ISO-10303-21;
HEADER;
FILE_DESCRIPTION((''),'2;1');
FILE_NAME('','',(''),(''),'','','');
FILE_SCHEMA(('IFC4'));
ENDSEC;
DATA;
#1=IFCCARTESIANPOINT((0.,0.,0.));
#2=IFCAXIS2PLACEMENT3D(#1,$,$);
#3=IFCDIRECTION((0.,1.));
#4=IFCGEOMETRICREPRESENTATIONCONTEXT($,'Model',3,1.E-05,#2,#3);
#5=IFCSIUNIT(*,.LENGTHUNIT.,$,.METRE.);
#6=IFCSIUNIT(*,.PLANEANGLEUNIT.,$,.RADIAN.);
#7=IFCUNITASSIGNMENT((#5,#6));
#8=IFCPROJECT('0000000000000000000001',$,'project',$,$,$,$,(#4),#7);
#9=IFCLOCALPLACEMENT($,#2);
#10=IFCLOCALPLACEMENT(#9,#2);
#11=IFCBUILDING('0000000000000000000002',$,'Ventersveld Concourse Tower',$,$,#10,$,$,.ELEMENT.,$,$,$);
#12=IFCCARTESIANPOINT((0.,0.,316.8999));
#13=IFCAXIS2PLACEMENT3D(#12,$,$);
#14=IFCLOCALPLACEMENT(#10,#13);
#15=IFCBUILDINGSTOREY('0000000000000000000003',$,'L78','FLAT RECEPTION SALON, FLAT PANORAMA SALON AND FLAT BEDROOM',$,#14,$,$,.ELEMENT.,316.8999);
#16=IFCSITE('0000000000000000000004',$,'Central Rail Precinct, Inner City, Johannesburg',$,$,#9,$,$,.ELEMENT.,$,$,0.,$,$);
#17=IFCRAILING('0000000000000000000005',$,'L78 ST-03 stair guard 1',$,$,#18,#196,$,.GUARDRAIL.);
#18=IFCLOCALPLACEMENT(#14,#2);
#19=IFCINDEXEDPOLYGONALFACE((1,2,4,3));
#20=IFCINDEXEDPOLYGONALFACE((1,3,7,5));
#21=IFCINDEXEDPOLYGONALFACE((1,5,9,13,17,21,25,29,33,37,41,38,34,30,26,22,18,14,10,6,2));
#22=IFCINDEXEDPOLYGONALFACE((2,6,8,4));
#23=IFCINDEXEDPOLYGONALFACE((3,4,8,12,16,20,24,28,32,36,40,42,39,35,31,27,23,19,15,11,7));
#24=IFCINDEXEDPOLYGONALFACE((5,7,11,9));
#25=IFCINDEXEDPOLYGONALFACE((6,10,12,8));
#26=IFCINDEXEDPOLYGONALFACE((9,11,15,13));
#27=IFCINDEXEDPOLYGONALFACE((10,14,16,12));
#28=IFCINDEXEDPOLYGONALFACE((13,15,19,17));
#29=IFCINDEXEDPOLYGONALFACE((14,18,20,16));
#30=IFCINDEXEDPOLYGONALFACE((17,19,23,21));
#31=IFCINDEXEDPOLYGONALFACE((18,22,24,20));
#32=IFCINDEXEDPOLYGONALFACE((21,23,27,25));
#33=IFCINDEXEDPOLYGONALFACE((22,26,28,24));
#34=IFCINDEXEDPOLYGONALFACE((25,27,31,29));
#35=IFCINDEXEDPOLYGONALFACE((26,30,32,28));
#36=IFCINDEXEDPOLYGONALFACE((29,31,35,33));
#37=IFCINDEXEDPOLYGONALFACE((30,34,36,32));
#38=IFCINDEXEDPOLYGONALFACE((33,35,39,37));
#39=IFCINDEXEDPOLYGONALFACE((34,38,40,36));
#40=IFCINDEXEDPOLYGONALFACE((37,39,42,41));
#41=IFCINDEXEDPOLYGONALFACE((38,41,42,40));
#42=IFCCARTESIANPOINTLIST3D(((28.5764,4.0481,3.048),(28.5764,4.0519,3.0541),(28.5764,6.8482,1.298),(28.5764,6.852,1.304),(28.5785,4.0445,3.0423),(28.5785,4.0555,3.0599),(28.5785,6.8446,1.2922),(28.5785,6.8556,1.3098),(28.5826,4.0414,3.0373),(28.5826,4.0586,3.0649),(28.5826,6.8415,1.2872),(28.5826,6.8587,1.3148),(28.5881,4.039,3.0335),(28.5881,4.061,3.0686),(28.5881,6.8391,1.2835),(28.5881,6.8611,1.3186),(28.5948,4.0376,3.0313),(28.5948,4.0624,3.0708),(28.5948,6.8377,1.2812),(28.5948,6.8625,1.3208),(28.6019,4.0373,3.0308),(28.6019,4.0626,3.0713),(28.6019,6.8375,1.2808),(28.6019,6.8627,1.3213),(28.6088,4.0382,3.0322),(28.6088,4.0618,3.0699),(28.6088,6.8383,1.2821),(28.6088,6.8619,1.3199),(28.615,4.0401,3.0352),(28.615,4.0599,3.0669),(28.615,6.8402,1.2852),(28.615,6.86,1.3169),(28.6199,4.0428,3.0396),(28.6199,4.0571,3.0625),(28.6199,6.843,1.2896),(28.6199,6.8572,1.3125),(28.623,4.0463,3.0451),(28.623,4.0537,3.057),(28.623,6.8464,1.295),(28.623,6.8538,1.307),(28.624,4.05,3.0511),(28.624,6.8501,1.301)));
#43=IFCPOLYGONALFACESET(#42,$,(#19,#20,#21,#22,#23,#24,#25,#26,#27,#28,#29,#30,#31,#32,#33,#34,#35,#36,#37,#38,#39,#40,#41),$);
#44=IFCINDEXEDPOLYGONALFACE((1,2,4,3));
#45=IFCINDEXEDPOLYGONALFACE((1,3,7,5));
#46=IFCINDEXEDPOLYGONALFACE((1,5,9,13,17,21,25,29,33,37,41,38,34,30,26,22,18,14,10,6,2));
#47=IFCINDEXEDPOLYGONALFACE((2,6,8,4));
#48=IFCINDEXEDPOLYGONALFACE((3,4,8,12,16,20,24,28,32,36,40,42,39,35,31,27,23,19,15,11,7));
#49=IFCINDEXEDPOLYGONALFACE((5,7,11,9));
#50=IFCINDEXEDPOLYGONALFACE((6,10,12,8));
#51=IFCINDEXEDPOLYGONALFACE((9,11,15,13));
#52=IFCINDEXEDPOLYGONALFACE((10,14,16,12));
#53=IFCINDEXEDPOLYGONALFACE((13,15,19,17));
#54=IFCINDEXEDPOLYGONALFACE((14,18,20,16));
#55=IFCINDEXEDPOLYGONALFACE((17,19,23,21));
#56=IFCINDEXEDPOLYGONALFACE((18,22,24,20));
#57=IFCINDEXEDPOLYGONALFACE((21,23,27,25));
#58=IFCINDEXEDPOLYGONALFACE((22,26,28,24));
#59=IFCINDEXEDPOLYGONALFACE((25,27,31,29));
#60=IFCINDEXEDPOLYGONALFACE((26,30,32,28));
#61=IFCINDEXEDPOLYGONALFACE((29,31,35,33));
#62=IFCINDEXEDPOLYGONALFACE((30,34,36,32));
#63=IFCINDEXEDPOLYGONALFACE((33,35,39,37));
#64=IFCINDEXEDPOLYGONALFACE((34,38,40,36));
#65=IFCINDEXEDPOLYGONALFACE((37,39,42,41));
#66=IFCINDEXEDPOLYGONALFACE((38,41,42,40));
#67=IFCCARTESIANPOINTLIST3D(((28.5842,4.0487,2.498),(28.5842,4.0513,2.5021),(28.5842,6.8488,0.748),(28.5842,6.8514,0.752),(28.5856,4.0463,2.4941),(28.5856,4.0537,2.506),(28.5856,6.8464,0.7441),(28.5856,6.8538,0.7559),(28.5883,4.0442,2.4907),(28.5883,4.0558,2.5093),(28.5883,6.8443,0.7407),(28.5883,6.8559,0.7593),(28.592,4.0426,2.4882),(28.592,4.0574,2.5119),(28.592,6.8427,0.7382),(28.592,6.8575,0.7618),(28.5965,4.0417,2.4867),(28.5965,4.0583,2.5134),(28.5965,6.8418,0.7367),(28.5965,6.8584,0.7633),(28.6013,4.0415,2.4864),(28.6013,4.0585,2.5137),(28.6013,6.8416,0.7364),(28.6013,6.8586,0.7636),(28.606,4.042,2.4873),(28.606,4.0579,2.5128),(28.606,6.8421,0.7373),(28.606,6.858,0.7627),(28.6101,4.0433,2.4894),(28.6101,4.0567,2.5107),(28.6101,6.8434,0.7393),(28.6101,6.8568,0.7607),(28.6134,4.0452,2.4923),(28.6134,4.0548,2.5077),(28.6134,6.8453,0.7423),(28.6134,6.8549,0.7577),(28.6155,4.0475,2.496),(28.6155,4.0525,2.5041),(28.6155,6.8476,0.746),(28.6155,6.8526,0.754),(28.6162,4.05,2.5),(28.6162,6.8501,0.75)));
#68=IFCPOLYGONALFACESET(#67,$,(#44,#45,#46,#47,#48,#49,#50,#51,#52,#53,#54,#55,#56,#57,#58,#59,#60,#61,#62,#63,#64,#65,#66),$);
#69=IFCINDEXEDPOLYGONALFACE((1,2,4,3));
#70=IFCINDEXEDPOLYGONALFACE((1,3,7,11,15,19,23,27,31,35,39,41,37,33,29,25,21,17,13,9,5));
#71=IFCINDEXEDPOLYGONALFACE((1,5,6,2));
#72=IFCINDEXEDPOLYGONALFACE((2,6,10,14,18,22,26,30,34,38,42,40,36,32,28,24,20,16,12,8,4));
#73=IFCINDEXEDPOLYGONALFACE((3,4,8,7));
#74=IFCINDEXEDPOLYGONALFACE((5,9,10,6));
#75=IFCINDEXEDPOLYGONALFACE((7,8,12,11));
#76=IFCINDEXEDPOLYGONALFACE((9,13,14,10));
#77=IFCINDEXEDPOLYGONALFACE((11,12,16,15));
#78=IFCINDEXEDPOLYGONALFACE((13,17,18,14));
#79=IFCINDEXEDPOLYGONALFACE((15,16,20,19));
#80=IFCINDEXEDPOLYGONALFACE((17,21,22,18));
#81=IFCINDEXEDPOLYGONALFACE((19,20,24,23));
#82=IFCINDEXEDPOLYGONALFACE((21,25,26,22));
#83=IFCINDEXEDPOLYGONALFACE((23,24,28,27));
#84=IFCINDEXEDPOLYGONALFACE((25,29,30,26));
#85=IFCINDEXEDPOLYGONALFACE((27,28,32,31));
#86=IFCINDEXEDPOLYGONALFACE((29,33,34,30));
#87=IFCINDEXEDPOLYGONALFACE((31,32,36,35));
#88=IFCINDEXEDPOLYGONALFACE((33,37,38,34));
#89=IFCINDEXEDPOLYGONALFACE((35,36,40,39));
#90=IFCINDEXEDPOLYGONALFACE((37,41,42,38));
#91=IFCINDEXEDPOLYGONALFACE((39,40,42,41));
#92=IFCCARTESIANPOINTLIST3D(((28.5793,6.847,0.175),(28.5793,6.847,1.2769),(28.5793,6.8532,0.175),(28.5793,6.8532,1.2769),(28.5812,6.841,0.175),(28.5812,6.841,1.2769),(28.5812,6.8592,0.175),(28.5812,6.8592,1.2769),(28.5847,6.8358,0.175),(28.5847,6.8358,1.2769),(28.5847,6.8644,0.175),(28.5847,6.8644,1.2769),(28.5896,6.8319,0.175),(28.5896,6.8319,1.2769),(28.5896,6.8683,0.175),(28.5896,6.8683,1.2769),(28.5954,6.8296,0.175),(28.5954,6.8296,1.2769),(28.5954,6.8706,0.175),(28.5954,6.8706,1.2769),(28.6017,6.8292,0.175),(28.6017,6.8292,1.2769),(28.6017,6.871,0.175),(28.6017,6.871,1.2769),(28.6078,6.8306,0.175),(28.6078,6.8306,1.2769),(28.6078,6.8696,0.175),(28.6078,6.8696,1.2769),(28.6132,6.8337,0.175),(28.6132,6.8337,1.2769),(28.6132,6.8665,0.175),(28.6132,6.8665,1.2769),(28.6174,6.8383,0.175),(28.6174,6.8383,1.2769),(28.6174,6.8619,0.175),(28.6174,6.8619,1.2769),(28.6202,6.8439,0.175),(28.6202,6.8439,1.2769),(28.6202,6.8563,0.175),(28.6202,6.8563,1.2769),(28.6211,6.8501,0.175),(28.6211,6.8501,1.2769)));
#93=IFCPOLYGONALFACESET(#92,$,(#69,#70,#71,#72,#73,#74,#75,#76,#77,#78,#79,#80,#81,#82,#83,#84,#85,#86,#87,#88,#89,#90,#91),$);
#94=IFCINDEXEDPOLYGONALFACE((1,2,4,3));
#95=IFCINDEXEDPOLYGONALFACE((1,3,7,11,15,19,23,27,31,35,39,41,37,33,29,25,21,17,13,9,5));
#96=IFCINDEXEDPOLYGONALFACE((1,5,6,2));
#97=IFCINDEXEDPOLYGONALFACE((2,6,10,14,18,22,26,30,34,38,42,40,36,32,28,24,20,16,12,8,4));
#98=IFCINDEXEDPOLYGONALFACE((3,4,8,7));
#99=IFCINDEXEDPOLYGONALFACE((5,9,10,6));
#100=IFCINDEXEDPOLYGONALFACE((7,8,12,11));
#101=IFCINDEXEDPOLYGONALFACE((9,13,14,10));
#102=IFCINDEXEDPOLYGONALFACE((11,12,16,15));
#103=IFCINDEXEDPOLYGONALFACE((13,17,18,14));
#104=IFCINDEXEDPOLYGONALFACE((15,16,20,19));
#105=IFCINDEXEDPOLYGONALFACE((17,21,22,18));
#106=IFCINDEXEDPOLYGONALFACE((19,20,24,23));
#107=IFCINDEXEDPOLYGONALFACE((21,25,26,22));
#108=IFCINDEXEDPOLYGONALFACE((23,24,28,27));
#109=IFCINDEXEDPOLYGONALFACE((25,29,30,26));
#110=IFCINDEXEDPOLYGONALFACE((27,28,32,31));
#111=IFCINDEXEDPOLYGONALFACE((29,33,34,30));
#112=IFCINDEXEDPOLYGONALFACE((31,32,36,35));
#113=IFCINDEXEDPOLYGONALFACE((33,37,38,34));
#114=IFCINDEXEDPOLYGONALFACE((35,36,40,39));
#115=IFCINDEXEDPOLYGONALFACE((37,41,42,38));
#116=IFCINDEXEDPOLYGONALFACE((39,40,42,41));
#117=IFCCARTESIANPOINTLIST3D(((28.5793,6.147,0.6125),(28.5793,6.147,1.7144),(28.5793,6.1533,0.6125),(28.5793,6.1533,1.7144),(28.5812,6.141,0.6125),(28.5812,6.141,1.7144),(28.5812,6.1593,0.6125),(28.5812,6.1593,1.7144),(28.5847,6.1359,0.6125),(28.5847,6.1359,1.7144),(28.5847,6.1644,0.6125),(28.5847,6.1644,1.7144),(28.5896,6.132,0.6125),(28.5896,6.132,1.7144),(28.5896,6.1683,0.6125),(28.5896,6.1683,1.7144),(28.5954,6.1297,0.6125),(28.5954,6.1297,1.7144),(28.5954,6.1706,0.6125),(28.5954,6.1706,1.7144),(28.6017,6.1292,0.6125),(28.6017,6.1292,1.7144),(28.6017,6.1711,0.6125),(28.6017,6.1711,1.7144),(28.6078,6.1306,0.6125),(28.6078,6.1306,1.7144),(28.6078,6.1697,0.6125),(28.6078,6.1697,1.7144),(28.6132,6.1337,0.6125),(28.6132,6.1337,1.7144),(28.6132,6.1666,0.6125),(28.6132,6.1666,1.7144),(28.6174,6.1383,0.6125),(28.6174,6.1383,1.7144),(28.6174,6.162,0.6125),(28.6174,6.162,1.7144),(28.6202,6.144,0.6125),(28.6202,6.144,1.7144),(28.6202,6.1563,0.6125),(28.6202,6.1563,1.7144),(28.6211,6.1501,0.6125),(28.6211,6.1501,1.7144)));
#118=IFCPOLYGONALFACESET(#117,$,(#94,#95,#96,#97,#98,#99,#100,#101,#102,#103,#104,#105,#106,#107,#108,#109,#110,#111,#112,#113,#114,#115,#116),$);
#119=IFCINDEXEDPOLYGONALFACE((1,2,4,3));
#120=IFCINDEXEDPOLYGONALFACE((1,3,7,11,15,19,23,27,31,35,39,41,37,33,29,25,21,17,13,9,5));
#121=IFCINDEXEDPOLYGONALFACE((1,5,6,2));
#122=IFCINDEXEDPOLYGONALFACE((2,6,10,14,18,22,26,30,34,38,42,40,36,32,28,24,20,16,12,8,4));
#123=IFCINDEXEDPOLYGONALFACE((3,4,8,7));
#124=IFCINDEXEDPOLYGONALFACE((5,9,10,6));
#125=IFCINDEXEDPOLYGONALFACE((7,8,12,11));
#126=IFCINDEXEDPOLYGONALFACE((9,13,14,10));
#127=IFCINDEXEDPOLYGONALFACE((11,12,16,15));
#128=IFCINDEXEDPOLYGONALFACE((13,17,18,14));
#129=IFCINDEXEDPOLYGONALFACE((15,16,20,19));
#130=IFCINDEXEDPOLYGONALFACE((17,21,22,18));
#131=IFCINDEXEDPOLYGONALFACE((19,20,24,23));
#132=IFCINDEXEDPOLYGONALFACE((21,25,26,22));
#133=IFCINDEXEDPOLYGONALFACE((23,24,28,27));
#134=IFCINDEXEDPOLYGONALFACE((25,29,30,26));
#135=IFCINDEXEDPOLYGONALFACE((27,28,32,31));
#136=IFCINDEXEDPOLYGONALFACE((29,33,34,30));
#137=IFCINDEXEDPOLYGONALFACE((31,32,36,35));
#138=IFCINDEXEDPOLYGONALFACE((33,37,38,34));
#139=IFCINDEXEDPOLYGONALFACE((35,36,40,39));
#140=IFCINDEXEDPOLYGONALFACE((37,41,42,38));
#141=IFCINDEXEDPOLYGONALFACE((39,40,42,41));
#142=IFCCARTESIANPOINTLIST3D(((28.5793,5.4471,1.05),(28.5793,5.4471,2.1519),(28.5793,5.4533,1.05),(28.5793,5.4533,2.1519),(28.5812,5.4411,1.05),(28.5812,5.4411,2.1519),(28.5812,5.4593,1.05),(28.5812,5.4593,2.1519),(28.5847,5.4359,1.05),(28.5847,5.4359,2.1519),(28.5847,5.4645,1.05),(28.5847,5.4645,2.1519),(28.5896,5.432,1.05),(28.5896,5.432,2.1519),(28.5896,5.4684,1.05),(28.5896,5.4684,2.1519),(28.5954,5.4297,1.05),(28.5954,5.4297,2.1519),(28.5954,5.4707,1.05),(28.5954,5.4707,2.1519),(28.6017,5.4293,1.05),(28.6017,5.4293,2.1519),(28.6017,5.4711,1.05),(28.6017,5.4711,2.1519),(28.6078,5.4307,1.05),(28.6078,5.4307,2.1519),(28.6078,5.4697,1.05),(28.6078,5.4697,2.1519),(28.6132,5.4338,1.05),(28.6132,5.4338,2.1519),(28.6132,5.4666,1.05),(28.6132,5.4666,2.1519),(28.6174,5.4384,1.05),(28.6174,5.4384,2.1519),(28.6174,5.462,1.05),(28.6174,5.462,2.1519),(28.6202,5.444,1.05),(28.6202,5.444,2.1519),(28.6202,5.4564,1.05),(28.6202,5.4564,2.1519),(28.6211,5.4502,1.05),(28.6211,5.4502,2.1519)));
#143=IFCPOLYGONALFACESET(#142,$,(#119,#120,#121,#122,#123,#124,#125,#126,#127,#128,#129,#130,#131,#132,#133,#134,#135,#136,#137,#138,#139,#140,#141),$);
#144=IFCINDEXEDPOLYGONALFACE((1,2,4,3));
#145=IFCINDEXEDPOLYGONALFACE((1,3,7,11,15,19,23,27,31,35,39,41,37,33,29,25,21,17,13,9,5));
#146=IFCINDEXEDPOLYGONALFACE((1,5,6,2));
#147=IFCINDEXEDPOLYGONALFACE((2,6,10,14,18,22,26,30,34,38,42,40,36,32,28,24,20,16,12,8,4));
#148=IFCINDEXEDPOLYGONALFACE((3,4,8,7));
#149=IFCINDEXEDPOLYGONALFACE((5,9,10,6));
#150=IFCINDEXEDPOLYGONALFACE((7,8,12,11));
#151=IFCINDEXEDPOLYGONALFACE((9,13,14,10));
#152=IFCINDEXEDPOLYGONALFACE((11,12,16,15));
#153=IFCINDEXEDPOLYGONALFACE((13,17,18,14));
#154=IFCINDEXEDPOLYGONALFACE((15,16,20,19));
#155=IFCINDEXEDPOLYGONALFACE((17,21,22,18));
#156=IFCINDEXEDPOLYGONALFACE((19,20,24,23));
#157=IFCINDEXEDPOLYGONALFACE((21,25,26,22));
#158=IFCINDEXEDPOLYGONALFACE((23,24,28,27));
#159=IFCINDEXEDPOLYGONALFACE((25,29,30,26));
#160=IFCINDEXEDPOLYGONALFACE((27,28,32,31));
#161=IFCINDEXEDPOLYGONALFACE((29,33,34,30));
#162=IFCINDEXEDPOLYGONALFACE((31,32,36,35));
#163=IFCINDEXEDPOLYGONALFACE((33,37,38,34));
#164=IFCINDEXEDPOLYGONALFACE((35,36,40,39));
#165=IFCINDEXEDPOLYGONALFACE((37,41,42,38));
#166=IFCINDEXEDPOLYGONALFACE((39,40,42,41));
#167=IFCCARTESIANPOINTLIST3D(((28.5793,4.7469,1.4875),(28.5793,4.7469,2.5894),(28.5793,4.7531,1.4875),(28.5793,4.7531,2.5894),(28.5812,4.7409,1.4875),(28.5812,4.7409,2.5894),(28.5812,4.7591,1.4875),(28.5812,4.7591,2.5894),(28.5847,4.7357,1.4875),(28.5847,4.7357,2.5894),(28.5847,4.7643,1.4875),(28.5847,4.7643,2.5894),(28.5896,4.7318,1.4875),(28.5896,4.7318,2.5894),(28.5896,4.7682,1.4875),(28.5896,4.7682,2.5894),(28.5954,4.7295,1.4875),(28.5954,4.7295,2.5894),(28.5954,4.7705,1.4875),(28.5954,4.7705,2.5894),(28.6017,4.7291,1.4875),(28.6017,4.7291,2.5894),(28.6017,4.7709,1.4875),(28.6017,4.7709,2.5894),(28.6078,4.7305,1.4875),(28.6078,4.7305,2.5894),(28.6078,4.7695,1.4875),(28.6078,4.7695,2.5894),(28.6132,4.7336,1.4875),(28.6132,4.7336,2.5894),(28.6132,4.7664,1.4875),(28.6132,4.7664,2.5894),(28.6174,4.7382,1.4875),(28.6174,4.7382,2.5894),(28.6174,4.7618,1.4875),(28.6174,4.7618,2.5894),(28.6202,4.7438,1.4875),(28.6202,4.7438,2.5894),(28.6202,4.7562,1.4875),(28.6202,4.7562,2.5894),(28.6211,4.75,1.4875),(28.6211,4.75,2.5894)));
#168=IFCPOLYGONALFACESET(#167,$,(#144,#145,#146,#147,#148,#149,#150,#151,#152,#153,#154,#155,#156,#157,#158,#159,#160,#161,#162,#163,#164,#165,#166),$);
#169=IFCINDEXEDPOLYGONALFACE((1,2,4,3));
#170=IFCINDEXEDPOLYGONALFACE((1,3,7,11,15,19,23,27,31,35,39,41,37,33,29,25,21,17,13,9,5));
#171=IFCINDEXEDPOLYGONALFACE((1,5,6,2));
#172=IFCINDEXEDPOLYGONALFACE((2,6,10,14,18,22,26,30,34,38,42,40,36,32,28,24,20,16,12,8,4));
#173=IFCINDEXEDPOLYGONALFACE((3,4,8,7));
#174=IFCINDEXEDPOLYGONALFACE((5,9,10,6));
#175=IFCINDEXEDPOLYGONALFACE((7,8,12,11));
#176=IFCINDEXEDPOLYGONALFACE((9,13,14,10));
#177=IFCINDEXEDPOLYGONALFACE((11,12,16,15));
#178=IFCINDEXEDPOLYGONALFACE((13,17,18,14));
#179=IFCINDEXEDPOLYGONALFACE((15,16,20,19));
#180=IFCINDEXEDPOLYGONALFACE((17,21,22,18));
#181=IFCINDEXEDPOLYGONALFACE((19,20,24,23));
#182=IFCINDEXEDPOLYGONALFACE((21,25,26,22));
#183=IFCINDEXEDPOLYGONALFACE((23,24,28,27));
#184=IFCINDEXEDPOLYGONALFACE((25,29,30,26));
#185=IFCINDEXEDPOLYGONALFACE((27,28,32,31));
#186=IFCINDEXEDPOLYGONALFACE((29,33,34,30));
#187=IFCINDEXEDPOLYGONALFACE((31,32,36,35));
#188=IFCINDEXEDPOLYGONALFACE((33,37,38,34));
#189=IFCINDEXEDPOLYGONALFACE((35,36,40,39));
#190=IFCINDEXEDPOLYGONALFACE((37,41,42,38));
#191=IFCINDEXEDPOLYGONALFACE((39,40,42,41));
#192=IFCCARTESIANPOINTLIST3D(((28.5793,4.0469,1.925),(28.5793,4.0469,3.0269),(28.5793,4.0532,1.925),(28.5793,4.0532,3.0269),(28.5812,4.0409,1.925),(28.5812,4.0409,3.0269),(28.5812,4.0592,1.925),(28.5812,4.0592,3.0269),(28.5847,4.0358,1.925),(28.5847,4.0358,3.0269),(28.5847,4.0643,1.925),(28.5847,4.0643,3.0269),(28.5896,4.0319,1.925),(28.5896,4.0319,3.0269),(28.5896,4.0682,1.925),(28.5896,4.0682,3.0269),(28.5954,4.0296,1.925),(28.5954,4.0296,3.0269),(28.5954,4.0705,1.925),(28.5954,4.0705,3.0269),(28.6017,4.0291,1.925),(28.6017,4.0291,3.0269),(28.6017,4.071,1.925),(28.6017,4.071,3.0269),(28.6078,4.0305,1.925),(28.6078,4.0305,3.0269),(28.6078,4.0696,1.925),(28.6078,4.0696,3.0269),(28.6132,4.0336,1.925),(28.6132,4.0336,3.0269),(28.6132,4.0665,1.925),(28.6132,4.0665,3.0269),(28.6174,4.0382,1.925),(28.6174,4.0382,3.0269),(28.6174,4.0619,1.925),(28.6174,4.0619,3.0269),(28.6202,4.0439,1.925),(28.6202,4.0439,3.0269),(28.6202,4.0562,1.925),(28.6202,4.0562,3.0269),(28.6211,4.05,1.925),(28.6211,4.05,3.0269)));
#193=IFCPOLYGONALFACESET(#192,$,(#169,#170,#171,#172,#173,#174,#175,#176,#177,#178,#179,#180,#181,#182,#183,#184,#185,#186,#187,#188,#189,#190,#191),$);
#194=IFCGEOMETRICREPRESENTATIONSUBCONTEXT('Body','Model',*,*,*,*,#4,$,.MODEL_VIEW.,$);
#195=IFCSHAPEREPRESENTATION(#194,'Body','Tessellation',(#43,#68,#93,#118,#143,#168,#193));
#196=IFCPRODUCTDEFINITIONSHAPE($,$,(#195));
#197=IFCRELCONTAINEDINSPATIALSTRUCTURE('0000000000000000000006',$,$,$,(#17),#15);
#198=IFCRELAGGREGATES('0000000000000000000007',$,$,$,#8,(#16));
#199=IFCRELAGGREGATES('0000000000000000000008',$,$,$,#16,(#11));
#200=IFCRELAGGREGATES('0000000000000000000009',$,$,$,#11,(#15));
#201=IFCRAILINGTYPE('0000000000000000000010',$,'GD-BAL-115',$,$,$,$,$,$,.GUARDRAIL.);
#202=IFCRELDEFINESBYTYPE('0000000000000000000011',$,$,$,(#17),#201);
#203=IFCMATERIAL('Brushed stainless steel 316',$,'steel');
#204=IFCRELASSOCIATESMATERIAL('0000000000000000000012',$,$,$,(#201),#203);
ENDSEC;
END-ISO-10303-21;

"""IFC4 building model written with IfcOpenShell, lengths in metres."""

from ifc_helpers import new_model, si_unit, direction, frame, origin, origin_2d, place, context, subcontext, project, spatial, circle, extrude, material, type_object, element, save


model = new_model("IFC4")

# Units and contexts
model_context = context("Model", 3, precision=1e-05, world=origin(), true_north=direction((0.0, 1.0)))
body_context = subcontext(model_context, "Body", "Model", "MODEL_VIEW")
ifc_project = project(units=[si_unit("LENGTHUNIT", "METRE"), si_unit("PLANEANGLEUNIT", "RADIAN")], contexts=[model_context])

# Site, building, storey
site_placement = place(None, origin())
site = spatial("IfcSite", under=ifc_project, at=site_placement, Name="Central Rail Precinct, Inner City, Johannesburg", CompositionType="ELEMENT", RefElevation=0.0)
building_placement = place(site_placement, origin())
building = spatial("IfcBuilding", under=site, at=building_placement, Name="Ventersveld Concourse Tower", CompositionType="ELEMENT")
storey_placement = place(building_placement, frame((0.0, 0.0, 316.8999)))
storey = spatial("IfcBuildingStorey", under=building, at=storey_placement, Name="L78", Description="FLAT RECEPTION SALON, FLAT PANORAMA SALON AND FLAT BEDROOM", CompositionType="ELEMENT", Elevation=316.8999)

# Shared definitions
ifc_material_1 = material(Name="Brushed stainless steel 316", Category="steel")

# Railing
railing_type_1 = type_object("IfcRailingType", Name="GD-BAL-115", PredefinedType="GUARDRAIL", material=ifc_material_1)
railing_1_placement = place(storey_placement, frame((28.6001, 6.8501, 0.175)))
element("IfcRailing", 1, at=railing_1_placement, inside=storey, type_object=railing_type_1, Name="L78 ST-03 stair guard 1", PredefinedType="GUARDRAIL", context=body_context, shape_type="SweptSolid", body=[
    extrude(circle(Radius=0.0239, at=origin_2d()), frame((0.0, 0.0, 1.126), z_axis=(0.0, -0.848002, 0.529992), x_axis=(1.0, 0.0, 0.0)), (0.0, 0.0, 1.0), 3.302),
    extrude(circle(Radius=0.0161, at=origin_2d()), frame((0.0, 0.0, 0.575), z_axis=(0.0, -0.848002, 0.529992), x_axis=(1.0, 0.0, 0.0)), (0.0, 0.0, 1.0), 3.302),
    extrude(circle(Radius=0.021, at=origin_2d()), origin(), (0.0, 0.0, 1.0), 1.1018),
    extrude(circle(Radius=0.021, at=origin_2d()), frame((0.0, -0.7, 0.4375)), (0.0, 0.0, 1.0), 1.1018),
    extrude(circle(Radius=0.021, at=origin_2d()), frame((0.0, -1.3999, 0.875)), (0.0, 0.0, 1.0), 1.1018),
    extrude(circle(Radius=0.021, at=origin_2d()), frame((0.0, -2.1001, 1.3125)), (0.0, 0.0, 1.0), 1.1018),
    extrude(circle(Radius=0.021, at=origin_2d()), frame((0.0, -2.8, 1.75)), (0.0, 0.0, 1.0), 1.1018),
])

save(model, "model.ifc")
